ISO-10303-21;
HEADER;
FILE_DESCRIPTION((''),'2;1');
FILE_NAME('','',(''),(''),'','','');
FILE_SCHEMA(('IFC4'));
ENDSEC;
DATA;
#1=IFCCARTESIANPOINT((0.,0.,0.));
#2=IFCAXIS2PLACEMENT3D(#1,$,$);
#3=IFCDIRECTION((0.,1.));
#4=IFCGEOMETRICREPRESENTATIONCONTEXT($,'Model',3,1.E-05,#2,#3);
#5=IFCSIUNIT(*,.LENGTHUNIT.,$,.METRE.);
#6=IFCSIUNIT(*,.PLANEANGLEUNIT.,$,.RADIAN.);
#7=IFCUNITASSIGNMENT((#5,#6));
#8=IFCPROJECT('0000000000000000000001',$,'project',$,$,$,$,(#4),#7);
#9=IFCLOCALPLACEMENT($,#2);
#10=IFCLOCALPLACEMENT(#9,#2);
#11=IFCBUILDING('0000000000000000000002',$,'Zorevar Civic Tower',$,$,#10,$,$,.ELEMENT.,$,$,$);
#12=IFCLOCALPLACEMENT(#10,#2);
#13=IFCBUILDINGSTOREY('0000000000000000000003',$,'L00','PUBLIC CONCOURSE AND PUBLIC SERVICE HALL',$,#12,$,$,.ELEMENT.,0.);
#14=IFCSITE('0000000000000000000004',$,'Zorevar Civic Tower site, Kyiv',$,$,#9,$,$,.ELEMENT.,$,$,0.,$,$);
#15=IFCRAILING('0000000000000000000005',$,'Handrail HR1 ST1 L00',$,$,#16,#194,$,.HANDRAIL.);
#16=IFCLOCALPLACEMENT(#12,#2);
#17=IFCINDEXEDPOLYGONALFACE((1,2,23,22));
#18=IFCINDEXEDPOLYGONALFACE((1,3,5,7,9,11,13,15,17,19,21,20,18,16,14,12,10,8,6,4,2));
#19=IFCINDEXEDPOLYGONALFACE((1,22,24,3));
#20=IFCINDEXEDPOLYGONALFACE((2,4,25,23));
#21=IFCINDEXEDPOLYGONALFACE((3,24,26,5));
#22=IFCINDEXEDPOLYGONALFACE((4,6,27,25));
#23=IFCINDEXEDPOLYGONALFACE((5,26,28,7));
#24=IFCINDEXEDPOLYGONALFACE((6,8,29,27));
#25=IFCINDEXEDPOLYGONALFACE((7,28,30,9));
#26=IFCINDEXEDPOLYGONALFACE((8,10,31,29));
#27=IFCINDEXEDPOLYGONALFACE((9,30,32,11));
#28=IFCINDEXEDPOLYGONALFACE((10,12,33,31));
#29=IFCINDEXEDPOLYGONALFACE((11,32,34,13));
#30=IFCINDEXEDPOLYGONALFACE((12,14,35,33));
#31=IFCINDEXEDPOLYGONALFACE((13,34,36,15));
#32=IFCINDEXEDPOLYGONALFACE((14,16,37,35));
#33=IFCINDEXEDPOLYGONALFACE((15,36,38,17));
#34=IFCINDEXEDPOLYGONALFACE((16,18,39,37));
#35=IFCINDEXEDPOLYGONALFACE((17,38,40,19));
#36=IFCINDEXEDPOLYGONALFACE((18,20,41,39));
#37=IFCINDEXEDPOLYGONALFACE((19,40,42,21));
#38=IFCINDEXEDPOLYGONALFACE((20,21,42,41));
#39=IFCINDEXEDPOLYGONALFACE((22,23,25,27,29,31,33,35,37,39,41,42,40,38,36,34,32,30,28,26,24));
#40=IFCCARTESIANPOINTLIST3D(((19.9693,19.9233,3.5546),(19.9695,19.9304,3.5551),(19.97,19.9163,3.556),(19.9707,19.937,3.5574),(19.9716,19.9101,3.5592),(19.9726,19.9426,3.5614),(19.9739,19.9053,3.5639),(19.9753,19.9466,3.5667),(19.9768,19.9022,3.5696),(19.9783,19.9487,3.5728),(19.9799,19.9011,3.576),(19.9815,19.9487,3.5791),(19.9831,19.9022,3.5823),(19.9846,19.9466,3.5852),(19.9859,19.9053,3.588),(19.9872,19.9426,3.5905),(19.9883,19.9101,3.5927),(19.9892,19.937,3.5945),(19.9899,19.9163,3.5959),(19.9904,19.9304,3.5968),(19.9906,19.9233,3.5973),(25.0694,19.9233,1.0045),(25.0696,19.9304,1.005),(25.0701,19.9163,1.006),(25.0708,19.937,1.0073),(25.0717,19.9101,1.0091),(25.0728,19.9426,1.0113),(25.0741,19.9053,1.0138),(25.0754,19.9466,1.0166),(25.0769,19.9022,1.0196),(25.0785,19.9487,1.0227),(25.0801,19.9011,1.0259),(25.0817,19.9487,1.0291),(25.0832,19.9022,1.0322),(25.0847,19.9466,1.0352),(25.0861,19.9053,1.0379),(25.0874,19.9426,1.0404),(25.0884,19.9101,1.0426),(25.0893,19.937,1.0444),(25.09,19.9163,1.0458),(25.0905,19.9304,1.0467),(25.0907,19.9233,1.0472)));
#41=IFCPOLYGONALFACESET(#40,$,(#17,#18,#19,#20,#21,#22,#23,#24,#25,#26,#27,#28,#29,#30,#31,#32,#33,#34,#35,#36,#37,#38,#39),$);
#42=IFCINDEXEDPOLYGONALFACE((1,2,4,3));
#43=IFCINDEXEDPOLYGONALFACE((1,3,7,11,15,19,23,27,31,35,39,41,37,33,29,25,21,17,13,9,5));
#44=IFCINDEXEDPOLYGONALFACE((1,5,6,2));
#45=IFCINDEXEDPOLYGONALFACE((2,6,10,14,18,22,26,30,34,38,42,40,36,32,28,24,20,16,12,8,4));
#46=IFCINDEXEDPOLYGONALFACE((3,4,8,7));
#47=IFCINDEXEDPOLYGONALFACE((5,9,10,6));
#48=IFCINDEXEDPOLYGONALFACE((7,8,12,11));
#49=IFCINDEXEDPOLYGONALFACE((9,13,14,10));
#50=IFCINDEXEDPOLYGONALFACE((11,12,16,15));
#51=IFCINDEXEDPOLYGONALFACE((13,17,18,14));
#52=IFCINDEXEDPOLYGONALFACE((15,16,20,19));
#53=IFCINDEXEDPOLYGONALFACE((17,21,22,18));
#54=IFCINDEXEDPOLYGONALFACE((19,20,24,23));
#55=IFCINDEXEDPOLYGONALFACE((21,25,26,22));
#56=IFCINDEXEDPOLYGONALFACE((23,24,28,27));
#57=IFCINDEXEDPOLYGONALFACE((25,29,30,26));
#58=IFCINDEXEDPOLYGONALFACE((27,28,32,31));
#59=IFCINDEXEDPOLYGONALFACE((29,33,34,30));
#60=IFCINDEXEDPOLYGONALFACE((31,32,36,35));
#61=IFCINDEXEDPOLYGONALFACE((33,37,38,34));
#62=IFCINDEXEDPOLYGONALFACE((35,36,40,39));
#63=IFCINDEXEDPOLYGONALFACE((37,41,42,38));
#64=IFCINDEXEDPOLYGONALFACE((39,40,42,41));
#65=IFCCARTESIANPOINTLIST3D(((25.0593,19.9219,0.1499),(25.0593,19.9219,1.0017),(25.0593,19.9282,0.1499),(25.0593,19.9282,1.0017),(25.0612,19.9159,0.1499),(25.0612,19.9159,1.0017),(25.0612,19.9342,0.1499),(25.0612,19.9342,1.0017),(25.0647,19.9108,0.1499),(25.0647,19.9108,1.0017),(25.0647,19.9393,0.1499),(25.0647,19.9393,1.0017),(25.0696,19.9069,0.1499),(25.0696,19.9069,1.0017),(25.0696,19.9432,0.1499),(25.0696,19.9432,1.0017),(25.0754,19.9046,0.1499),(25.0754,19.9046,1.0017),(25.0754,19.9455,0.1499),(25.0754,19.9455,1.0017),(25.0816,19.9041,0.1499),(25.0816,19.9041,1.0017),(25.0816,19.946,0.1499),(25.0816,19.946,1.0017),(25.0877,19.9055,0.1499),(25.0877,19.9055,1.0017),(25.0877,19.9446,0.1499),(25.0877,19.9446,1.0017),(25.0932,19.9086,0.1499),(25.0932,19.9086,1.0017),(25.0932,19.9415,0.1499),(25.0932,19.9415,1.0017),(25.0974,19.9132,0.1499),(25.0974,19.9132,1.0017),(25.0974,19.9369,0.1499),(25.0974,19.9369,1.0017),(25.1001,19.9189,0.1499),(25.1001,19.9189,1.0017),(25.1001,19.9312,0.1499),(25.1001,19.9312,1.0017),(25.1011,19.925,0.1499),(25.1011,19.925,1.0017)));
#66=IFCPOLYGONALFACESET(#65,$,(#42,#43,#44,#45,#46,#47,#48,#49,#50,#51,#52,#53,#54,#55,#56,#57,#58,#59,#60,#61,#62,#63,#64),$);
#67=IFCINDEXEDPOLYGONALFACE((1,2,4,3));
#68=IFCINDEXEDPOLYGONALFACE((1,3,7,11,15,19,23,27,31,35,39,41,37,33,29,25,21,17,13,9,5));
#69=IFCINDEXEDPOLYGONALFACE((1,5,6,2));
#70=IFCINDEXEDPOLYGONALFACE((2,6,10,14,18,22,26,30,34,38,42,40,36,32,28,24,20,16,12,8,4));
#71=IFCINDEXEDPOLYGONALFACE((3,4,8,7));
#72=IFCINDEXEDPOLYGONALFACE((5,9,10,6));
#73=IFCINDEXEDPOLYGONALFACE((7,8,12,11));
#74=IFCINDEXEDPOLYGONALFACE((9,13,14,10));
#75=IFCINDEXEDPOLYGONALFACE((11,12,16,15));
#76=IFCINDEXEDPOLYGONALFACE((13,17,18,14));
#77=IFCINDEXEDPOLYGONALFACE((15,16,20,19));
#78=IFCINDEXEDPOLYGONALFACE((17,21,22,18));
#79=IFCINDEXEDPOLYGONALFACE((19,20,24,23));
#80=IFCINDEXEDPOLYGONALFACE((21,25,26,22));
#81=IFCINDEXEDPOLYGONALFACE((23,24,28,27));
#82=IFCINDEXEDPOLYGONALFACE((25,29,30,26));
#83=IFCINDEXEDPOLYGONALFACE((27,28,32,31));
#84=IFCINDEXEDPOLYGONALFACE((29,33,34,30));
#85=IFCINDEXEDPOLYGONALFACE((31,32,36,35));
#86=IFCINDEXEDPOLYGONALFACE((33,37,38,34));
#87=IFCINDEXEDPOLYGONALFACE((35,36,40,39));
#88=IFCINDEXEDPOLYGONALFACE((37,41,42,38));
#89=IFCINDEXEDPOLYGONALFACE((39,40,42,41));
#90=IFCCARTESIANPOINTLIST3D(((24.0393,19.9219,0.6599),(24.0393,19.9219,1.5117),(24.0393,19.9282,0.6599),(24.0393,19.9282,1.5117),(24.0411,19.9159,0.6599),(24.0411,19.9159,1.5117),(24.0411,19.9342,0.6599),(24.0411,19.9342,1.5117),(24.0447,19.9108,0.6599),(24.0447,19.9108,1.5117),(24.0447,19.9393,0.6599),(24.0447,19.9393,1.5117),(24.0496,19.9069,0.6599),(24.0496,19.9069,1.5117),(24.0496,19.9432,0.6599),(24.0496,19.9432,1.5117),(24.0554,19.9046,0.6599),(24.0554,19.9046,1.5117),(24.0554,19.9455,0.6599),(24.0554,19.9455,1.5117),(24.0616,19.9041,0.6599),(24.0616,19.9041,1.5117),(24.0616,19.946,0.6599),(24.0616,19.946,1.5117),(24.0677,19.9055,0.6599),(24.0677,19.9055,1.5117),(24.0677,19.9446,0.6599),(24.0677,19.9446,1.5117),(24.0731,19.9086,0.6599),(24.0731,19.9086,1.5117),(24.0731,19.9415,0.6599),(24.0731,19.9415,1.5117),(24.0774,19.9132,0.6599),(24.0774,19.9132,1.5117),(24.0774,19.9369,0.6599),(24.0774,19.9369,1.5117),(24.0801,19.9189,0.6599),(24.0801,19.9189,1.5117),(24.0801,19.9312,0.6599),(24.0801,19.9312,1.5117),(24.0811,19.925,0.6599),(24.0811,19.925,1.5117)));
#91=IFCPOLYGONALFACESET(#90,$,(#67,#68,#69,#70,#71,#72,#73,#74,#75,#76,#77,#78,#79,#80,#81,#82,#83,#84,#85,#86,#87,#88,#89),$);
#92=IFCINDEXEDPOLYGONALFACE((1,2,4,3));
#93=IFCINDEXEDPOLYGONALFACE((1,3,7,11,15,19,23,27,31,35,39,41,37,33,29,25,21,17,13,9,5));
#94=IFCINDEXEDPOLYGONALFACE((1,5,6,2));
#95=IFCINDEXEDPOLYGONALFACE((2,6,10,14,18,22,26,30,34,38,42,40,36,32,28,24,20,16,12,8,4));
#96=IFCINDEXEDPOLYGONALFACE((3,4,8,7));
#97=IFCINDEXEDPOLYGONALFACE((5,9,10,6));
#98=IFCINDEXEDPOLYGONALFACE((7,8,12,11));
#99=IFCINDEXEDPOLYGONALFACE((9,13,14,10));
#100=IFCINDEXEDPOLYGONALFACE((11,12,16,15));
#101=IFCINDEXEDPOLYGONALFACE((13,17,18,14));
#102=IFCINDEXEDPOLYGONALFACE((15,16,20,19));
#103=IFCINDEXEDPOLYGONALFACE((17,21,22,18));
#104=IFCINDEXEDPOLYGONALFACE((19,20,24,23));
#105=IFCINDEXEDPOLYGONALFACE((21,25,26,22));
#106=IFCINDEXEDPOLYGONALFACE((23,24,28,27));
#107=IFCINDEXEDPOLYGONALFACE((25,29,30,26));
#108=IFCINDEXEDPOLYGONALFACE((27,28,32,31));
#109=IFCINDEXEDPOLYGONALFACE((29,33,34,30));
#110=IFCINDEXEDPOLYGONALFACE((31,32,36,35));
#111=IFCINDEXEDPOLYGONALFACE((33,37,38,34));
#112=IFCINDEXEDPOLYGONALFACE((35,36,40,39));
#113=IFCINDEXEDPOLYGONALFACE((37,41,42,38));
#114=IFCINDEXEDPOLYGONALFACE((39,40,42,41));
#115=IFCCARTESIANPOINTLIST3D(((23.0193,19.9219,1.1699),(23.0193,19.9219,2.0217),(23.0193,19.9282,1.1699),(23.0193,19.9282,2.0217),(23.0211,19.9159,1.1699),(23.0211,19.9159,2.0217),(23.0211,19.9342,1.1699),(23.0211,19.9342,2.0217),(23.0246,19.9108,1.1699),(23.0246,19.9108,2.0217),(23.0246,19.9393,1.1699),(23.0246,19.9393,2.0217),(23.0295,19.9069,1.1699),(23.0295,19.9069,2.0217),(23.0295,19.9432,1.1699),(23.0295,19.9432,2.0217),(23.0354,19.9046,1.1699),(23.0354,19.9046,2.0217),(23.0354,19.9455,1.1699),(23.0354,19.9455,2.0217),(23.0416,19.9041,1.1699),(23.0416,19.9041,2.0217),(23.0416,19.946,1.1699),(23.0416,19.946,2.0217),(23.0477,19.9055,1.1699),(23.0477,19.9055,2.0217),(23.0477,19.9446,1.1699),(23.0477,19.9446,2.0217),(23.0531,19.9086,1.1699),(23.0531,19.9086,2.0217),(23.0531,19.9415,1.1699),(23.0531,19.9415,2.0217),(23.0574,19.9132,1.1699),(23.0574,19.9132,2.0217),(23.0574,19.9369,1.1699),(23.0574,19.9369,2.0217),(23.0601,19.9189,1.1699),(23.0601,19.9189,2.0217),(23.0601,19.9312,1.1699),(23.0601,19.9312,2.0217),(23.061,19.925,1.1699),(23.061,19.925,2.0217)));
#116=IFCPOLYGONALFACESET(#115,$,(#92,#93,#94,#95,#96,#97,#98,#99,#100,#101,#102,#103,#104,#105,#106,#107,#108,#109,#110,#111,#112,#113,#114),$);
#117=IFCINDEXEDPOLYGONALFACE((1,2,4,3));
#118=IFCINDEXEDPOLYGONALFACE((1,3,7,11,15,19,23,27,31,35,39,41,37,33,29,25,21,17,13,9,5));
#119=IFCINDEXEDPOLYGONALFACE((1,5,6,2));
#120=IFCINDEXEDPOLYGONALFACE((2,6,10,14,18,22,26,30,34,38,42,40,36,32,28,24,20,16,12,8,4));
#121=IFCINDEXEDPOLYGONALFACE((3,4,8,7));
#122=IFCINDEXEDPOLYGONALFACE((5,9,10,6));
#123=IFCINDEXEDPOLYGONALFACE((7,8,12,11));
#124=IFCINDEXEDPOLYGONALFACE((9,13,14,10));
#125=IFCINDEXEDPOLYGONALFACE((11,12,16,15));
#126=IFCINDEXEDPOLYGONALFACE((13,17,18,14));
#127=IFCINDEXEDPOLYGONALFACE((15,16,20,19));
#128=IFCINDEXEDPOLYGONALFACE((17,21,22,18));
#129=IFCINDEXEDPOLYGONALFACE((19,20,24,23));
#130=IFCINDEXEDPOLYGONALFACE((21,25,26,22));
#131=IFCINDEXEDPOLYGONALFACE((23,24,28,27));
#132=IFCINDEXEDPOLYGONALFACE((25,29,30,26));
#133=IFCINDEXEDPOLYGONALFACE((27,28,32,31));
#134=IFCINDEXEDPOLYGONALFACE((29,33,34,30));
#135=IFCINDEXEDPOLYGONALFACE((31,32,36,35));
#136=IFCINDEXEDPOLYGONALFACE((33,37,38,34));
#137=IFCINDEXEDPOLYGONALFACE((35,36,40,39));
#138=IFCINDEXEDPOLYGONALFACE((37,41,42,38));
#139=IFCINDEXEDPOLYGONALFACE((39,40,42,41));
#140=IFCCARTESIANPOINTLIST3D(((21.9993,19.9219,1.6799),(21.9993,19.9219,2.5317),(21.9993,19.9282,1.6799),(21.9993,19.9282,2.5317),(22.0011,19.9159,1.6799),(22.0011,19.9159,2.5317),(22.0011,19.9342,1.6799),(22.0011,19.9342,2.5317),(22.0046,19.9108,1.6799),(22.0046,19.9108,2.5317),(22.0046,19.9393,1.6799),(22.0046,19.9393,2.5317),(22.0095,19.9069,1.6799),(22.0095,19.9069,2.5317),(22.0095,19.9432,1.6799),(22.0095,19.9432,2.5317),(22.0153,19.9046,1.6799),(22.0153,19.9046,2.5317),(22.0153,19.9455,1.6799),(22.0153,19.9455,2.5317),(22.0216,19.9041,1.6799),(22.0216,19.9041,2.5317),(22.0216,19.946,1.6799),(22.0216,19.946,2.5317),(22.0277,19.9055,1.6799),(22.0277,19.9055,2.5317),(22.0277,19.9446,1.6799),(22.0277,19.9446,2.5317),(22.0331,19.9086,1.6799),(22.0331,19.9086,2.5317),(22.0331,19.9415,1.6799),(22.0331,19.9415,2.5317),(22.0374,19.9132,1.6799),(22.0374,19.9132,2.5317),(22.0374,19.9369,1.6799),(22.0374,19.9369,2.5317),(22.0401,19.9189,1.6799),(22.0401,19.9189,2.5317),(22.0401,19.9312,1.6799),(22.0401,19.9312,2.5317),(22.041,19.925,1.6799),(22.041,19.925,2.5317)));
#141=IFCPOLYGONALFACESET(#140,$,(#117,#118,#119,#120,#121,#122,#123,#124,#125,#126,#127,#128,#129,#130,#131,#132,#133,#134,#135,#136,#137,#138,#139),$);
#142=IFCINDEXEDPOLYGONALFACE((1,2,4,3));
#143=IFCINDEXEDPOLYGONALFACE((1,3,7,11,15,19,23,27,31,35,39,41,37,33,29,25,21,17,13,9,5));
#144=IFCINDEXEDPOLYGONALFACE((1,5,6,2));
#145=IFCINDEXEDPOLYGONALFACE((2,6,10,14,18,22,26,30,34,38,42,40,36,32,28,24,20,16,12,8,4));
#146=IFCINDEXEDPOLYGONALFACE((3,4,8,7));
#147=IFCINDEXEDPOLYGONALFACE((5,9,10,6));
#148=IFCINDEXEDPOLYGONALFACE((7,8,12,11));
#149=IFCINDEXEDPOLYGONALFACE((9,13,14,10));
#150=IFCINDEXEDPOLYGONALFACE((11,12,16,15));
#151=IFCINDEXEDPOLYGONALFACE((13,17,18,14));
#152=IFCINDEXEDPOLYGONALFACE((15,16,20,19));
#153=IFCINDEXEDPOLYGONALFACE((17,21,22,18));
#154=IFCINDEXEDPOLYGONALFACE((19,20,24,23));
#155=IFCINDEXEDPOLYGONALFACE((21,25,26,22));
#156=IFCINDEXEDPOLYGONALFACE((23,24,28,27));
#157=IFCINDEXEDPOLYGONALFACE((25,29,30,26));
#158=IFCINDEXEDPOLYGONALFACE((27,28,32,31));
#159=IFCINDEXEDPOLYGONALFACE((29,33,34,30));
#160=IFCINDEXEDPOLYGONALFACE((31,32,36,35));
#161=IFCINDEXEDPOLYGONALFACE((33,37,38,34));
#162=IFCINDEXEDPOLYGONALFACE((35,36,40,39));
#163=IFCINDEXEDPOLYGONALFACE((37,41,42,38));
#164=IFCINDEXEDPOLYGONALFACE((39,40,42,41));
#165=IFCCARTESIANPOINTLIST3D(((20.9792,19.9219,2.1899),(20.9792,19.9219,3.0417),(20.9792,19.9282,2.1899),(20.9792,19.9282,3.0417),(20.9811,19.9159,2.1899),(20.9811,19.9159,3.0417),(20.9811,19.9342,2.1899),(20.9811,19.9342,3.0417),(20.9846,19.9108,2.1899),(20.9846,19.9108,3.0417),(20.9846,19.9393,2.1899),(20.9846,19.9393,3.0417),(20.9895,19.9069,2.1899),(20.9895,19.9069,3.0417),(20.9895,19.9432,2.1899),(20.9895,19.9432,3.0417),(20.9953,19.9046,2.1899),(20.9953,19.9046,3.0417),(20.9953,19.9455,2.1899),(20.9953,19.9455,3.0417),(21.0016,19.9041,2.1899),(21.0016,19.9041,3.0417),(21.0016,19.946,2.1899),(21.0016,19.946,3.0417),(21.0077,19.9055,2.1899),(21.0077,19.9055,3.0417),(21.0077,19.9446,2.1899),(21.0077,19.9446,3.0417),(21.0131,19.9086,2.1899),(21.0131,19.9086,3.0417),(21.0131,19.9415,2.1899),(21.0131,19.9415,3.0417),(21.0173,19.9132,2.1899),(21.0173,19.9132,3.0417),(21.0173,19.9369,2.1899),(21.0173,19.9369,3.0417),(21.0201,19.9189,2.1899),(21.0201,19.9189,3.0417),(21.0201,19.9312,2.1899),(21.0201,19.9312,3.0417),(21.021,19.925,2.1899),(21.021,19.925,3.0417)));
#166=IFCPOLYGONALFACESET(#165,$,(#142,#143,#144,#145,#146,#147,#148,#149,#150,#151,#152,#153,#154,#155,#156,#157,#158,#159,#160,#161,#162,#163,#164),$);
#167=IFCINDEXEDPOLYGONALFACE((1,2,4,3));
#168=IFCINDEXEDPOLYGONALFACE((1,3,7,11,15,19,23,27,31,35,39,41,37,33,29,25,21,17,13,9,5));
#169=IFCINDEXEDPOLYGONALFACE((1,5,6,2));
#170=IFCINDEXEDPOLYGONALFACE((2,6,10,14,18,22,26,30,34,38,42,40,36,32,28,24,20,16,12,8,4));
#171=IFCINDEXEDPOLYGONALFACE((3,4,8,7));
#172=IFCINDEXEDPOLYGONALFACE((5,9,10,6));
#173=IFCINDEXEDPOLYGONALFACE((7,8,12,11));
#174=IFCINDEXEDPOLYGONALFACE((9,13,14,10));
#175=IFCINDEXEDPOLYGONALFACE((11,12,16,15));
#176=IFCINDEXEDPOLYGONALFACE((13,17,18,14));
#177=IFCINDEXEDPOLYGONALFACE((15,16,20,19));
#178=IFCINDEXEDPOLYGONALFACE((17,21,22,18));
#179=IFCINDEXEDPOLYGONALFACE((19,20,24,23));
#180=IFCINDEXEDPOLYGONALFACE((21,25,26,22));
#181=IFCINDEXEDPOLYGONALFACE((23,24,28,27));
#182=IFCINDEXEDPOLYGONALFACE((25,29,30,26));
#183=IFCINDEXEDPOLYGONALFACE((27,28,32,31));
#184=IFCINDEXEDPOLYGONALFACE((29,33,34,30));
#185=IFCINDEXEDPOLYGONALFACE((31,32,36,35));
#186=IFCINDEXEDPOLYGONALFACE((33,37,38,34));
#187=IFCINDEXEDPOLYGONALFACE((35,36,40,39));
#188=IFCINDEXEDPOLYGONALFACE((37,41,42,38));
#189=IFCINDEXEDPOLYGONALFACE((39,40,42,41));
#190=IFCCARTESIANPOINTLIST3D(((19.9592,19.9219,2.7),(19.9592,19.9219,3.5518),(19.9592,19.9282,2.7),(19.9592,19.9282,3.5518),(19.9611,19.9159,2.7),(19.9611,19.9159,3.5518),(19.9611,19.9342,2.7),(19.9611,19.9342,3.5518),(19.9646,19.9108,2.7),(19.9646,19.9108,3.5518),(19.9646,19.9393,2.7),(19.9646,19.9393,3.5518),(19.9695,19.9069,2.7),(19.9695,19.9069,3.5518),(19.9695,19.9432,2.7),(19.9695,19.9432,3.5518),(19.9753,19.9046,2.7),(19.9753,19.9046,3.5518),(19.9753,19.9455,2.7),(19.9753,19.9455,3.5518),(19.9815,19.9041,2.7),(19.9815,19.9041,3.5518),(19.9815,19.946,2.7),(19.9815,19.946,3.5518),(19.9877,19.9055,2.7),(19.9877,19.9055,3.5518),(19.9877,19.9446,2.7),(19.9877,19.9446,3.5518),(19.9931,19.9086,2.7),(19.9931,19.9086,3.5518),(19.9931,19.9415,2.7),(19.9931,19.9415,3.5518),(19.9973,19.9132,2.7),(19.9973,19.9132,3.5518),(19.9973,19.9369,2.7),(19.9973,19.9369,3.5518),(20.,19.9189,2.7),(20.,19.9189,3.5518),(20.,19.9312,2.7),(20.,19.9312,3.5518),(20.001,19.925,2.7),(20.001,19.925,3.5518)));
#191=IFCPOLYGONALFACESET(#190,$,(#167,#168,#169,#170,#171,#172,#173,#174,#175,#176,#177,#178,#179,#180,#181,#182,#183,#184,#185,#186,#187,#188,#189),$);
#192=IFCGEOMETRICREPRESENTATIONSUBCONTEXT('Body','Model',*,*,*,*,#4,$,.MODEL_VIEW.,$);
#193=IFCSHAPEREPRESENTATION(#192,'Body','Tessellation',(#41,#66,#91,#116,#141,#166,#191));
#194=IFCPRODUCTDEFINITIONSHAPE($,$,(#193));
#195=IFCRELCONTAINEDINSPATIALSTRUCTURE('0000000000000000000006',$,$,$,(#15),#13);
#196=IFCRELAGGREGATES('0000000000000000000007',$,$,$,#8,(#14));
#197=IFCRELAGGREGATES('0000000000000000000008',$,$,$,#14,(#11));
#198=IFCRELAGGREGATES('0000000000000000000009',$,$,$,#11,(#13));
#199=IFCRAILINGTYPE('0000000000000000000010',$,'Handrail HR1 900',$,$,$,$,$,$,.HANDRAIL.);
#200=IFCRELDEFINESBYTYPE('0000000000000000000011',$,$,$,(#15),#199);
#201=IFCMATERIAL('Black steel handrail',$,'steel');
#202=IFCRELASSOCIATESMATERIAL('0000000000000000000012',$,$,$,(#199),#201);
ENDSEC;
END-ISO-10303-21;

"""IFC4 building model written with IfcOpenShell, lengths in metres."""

from ifc_helpers import new_model, si_unit, direction, frame, origin, origin_2d, place, context, subcontext, project, spatial, circle, extrude, material, type_object, element, save


model = new_model("IFC4")

# Units and contexts
model_context = context("Model", 3, precision=1e-05, world=origin(), true_north=direction((0.0, 1.0)))
body_context = subcontext(model_context, "Body", "Model", "MODEL_VIEW")
ifc_project = project(units=[si_unit("LENGTHUNIT", "METRE"), si_unit("PLANEANGLEUNIT", "RADIAN")], contexts=[model_context])

# Site, building, storey
site_placement = place(None, origin())
site = spatial("IfcSite", under=ifc_project, at=site_placement, Name="Zorevar Civic Tower site, Kyiv", CompositionType="ELEMENT", RefElevation=0.0)
building_placement = place(site_placement, origin())
building = spatial("IfcBuilding", under=site, at=building_placement, Name="Zorevar Civic Tower", CompositionType="ELEMENT")
storey_placement = place(building_placement, origin())
storey = spatial("IfcBuildingStorey", under=building, at=storey_placement, Name="L00", Description="PUBLIC CONCOURSE AND PUBLIC SERVICE HALL", CompositionType="ELEMENT", Elevation=0.0)

# Railing
ifc_material_1 = material(Name="Black steel handrail", Category="steel")
railing_type = type_object("IfcRailingType", Name="Handrail HR1 900", PredefinedType="HANDRAIL", material=ifc_material_1)
railing_1_placement = place(storey_placement, frame((25.0801, 19.925, 0.1499)))
element("IfcRailing", 1, at=railing_1_placement, inside=storey, type_object=railing_type, Name="Handrail HR1 ST1 L00", PredefinedType="HANDRAIL", context=body_context, shape_type="SweptSolid", body=[
    extrude(circle(Radius=0.0239, at=origin_2d()), frame((0.0, 0.0, 0.876), z_axis=(-0.894427, 0.0, 0.447214), x_axis=(0.0, -1.0, 0.0)), (0.0, 0.0, 1.0), 5.7021),
    extrude(circle(Radius=0.021, at=origin_2d()), origin(), (0.0, 0.0, 1.0), 0.8518),
    extrude(circle(Radius=0.021, at=origin_2d()), frame((-1.02, 0.0, 0.51)), (0.0, 0.0, 1.0), 0.8518),
    extrude(circle(Radius=0.021, at=origin_2d()), frame((-2.04, 0.0, 1.02)), (0.0, 0.0, 1.0), 0.8518),
    extrude(circle(Radius=0.021, at=origin_2d()), frame((-3.0601, 0.0, 1.53)), (0.0, 0.0, 1.0), 0.8518),
    extrude(circle(Radius=0.021, at=origin_2d()), frame((-4.0801, 0.0, 2.04)), (0.0, 0.0, 1.0), 0.8518),
    extrude(circle(Radius=0.021, at=origin_2d()), frame((-5.1001, 0.0, 2.55)), (0.0, 0.0, 1.0), 0.8518),
])

save(model, "model.ifc")
